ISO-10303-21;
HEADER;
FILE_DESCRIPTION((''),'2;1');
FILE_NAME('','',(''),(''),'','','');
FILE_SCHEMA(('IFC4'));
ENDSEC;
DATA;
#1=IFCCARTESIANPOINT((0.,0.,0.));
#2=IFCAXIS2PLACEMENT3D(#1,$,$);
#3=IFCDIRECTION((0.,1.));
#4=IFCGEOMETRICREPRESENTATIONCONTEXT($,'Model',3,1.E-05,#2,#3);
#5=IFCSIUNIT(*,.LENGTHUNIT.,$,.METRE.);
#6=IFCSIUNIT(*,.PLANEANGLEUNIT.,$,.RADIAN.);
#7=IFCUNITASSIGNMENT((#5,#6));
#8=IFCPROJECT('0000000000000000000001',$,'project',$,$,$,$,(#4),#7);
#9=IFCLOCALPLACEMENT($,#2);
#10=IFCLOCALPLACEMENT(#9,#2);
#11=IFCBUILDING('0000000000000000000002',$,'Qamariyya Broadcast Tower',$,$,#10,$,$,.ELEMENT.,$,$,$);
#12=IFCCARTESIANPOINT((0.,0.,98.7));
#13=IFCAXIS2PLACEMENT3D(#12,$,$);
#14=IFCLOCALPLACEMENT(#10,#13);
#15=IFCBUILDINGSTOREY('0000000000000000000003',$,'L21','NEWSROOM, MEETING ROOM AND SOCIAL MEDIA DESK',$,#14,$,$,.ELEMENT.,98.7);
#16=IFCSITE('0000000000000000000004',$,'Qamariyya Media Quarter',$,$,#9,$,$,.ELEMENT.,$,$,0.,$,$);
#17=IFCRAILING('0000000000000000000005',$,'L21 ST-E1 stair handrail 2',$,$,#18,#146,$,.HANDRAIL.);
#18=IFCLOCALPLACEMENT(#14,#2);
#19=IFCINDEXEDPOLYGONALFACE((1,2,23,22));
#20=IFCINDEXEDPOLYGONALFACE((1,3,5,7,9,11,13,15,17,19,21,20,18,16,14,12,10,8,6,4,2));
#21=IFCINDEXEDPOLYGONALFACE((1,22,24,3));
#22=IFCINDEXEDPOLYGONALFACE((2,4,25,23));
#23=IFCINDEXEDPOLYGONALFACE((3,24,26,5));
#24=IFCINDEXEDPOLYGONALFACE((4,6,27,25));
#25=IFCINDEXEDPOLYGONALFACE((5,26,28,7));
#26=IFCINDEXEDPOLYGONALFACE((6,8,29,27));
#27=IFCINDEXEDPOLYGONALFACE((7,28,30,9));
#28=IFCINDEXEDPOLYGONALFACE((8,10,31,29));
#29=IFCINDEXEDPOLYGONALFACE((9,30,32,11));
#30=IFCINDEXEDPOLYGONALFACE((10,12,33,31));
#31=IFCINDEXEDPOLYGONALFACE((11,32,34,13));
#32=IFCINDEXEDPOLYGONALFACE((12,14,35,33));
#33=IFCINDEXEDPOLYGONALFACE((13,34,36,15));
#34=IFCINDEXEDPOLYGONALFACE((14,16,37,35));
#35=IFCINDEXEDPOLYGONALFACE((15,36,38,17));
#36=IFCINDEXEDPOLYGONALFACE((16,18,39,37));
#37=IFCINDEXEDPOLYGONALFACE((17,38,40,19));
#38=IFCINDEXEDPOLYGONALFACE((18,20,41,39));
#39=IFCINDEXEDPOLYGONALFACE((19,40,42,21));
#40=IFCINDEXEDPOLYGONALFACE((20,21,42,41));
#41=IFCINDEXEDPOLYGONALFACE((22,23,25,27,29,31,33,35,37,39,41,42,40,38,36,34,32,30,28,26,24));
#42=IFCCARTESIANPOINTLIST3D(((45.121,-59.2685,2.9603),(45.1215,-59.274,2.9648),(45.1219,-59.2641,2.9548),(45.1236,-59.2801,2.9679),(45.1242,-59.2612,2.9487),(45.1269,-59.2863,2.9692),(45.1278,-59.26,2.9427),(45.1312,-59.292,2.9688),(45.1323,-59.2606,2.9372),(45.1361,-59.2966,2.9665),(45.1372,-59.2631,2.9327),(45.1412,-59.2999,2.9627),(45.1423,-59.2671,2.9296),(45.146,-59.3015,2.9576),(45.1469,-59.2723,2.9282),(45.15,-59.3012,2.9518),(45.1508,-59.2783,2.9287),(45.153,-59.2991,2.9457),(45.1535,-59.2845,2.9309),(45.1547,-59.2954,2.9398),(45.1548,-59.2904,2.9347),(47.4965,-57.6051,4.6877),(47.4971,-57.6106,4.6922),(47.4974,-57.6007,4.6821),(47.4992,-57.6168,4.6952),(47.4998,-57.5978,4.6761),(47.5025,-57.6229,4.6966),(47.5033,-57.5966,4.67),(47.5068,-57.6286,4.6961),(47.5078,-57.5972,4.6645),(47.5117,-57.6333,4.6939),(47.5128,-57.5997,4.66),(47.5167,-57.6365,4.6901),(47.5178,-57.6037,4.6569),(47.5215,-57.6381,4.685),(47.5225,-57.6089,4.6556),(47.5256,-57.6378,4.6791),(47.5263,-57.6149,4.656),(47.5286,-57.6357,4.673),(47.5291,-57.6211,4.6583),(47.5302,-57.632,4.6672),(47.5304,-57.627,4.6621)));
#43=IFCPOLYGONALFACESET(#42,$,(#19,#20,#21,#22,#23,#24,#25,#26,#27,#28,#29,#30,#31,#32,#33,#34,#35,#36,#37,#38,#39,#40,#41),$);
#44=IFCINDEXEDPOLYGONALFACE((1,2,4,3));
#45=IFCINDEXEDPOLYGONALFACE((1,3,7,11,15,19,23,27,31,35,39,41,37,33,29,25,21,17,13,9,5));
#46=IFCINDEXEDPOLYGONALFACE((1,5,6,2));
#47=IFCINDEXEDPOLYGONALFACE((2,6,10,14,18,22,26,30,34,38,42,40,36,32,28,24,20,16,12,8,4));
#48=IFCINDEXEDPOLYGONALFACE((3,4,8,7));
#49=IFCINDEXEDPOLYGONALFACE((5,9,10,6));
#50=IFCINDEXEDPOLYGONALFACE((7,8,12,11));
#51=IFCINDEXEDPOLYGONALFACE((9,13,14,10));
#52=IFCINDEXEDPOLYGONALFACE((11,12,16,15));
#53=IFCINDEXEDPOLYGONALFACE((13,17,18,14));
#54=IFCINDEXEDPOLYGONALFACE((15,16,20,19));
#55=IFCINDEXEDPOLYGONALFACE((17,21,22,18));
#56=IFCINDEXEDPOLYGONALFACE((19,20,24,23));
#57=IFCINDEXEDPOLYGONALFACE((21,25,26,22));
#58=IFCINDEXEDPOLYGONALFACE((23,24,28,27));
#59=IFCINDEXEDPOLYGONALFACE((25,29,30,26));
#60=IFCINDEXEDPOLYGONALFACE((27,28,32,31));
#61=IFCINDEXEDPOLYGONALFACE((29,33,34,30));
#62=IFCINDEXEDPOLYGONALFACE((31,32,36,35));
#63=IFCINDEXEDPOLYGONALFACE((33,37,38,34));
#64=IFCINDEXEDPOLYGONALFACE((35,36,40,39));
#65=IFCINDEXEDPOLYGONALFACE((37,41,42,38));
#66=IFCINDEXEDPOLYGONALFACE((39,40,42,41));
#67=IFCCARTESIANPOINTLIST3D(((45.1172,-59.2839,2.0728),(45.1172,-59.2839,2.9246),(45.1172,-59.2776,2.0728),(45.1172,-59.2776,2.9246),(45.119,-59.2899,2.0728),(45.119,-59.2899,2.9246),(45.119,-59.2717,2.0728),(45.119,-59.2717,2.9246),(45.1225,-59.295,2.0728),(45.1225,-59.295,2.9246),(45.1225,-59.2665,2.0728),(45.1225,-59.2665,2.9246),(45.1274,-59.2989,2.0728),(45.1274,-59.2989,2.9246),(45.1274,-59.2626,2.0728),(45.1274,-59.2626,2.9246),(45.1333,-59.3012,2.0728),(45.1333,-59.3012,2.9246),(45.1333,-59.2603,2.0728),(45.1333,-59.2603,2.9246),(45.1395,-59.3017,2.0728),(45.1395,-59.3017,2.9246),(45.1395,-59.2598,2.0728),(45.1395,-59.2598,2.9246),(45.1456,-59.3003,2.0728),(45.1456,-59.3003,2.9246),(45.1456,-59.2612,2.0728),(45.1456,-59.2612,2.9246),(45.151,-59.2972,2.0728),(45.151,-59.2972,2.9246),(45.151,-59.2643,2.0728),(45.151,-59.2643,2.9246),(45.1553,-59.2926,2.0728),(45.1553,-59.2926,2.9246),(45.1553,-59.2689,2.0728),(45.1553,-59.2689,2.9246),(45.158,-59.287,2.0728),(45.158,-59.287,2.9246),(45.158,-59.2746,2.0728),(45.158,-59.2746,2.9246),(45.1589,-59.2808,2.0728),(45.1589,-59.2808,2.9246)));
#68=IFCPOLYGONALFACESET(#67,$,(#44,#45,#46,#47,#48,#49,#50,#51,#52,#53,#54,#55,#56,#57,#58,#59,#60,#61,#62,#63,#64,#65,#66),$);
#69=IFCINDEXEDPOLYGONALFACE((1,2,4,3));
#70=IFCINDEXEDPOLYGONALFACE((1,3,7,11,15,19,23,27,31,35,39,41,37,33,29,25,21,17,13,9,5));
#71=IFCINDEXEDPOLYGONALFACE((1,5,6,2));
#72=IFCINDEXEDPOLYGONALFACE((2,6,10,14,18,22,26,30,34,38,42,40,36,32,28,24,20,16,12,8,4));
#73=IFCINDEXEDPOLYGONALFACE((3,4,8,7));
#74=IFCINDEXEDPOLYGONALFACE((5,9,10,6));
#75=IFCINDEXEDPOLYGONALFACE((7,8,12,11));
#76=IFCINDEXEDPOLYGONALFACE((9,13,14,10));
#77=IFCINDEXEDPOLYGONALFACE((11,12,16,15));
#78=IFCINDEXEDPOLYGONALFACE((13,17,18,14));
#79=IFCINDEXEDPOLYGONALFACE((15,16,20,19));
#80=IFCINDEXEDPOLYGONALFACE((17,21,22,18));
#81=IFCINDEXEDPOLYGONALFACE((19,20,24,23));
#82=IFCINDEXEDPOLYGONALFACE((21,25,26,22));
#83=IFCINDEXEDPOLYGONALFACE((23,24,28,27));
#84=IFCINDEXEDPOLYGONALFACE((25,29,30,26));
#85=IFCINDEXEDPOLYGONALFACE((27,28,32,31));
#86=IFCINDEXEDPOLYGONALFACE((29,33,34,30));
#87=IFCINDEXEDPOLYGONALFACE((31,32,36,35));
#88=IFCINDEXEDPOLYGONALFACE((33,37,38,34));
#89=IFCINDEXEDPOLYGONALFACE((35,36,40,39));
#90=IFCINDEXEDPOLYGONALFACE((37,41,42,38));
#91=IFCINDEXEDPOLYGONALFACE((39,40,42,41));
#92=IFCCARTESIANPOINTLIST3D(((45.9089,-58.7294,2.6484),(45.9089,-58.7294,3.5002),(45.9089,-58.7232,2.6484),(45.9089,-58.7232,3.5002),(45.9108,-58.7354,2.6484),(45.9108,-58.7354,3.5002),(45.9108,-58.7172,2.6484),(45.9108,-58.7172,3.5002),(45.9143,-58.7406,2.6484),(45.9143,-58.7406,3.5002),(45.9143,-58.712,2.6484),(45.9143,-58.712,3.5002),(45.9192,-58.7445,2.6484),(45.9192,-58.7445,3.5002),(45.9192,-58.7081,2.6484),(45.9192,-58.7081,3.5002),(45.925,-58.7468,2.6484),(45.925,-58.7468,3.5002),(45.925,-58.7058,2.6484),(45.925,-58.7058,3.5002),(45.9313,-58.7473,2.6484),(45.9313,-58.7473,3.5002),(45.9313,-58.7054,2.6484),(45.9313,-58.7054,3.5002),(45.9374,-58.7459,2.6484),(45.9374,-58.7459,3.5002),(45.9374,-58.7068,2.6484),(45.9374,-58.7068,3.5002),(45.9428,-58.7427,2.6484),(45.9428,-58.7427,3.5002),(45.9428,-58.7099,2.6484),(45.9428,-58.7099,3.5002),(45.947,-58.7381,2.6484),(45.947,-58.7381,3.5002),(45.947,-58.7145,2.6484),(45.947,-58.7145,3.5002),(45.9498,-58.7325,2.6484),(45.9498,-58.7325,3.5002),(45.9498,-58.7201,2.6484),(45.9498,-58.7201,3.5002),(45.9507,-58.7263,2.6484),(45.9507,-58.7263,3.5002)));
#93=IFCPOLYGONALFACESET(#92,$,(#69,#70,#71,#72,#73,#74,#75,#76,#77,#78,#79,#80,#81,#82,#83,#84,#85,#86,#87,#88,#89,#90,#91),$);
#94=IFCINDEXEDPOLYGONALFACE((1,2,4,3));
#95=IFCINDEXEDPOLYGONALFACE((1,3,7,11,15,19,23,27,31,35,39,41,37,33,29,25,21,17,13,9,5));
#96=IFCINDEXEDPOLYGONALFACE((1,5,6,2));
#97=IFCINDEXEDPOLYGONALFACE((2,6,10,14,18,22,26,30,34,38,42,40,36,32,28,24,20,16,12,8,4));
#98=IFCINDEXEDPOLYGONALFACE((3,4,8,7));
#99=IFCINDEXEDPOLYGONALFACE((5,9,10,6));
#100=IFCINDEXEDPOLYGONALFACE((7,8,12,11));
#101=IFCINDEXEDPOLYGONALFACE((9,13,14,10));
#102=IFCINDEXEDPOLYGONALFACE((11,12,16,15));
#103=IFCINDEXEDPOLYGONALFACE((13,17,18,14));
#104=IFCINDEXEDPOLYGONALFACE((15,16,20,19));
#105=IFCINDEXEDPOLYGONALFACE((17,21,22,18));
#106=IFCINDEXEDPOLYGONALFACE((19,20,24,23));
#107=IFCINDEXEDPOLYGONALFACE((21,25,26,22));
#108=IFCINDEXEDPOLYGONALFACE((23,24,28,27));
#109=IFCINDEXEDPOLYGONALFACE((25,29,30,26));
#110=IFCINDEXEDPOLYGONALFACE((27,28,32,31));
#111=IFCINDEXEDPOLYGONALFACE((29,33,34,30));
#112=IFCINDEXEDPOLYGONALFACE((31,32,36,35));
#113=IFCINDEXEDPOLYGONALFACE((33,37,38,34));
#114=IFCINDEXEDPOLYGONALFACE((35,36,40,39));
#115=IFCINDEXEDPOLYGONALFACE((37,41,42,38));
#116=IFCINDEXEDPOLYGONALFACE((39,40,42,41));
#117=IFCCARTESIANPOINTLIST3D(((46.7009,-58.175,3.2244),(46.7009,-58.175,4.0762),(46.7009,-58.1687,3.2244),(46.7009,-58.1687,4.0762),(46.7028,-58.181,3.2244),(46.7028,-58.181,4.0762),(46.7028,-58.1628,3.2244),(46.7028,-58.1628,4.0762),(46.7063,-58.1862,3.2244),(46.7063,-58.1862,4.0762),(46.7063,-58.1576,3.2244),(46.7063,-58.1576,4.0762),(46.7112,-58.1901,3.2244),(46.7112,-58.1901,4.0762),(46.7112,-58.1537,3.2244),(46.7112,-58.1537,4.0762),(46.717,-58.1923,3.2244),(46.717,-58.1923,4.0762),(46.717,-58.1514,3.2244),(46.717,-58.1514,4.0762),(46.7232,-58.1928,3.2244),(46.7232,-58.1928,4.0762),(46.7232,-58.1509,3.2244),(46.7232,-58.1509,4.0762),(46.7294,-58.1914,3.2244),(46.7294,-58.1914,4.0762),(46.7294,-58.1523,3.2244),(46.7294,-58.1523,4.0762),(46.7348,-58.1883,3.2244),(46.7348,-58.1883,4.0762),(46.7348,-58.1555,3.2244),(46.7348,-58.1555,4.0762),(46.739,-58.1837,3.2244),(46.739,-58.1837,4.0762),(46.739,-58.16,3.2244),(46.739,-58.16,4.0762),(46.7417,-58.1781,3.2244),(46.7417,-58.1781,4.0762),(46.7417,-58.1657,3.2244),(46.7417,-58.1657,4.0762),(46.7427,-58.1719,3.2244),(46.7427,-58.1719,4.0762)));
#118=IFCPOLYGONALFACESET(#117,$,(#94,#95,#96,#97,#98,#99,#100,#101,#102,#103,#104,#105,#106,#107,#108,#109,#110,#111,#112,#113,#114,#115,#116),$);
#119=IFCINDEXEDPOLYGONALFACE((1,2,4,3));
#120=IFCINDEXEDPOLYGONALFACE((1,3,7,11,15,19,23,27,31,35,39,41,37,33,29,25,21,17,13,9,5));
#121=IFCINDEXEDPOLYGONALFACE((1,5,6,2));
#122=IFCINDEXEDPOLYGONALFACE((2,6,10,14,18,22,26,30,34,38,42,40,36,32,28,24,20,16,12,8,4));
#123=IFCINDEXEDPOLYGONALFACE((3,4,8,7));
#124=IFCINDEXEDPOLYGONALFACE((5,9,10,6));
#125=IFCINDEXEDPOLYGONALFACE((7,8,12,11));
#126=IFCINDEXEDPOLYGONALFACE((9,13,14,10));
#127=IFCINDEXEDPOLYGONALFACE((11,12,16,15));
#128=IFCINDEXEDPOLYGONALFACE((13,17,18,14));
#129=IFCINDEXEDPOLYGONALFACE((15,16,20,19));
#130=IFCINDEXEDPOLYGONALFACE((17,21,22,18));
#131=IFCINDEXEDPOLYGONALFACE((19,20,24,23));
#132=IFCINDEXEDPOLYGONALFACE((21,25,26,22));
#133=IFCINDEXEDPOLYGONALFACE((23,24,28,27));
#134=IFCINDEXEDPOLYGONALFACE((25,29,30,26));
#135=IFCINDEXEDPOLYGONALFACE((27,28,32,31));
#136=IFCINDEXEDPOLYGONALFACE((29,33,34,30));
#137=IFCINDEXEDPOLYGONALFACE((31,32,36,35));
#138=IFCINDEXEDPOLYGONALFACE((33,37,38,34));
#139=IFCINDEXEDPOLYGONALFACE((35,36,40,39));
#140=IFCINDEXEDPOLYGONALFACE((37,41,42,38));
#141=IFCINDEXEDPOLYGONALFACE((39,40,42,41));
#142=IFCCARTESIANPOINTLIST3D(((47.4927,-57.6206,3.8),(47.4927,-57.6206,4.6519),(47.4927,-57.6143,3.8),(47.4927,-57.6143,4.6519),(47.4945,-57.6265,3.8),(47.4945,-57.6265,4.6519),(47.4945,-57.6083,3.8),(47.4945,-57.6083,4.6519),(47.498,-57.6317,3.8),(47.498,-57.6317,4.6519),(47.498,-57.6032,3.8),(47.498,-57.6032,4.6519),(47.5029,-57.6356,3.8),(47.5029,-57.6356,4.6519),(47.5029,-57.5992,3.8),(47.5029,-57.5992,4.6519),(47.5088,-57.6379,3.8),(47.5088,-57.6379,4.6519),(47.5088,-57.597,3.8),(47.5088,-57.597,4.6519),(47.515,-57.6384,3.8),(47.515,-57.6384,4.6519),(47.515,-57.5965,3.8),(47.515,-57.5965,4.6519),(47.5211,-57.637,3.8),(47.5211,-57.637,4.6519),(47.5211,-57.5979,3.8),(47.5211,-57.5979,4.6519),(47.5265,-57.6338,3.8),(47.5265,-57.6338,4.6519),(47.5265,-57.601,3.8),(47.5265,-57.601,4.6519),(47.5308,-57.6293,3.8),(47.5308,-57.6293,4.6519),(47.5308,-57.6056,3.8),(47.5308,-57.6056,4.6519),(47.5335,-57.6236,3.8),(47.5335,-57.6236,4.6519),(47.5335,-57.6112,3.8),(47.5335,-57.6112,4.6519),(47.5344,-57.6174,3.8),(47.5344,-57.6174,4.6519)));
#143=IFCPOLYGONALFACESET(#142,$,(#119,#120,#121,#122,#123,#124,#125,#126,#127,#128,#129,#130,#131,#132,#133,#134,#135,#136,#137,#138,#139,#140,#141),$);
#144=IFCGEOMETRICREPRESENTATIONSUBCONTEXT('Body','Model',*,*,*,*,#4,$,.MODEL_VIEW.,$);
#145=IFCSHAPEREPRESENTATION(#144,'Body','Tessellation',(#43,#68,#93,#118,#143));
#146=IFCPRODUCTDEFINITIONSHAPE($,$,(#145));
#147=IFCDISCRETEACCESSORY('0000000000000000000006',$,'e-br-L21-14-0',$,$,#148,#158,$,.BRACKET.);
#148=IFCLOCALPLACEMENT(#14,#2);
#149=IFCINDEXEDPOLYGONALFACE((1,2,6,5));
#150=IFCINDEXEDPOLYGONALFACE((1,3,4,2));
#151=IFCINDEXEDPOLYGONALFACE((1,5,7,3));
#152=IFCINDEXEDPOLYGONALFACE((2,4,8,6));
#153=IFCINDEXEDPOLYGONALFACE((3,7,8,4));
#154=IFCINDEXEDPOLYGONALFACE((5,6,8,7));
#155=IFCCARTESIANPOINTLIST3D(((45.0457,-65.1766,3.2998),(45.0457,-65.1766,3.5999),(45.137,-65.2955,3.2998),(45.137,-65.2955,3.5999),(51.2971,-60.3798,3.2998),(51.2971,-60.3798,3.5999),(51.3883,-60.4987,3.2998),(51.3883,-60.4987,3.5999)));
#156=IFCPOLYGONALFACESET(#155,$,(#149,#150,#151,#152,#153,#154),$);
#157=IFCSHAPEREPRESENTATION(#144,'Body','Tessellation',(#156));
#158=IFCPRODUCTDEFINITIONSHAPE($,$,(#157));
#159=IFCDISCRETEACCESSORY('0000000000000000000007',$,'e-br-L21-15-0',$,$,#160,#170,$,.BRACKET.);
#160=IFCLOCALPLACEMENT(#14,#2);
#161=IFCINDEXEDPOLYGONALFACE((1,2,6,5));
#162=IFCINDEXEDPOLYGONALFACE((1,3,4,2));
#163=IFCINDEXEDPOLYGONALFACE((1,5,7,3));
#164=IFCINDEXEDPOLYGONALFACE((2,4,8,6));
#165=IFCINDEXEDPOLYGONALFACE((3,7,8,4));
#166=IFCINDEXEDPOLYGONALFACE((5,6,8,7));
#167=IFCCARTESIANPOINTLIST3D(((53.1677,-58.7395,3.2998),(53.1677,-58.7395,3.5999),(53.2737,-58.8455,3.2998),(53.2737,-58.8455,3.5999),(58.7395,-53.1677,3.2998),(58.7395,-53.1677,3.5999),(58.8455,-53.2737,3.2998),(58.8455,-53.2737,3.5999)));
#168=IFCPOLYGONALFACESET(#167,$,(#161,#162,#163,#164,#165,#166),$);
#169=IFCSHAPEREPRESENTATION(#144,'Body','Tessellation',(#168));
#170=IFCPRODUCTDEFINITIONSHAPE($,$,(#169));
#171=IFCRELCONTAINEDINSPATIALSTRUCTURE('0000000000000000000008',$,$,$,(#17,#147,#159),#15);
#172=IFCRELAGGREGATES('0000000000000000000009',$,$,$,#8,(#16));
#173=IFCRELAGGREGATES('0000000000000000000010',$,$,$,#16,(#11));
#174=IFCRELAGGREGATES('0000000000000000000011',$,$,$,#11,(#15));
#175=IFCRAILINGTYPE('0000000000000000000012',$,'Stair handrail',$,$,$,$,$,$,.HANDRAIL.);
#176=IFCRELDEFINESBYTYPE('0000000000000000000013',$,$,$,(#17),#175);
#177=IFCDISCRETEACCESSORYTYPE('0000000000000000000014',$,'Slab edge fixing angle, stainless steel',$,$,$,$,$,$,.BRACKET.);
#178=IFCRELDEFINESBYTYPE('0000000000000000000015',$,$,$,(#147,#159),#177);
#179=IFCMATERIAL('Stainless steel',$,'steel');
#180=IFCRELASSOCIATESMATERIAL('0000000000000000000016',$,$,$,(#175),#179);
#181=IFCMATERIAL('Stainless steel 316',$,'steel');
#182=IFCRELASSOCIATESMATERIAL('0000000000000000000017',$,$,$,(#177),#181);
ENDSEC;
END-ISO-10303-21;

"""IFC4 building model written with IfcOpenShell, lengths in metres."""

from ifc_helpers import new_model, si_unit, direction, frame, origin, origin_2d, place, context, subcontext, project, spatial, rectangle, circle, extrude, material, type_object, element, save


model = new_model("IFC4")

# Units and contexts
model_context = context("Model", 3, precision=1e-05, world=origin(), true_north=direction((0.0, 1.0)))
body_context = subcontext(model_context, "Body", "Model", "MODEL_VIEW")
ifc_project = project(units=[si_unit("LENGTHUNIT", "METRE"), si_unit("PLANEANGLEUNIT", "RADIAN")], contexts=[model_context])

# Site, building, storey
site_placement = place(None, origin())
site = spatial("IfcSite", under=ifc_project, at=site_placement, Name="Qamariyya Media Quarter", CompositionType="ELEMENT", RefElevation=0.0)
building_placement = place(site_placement, origin())
building = spatial("IfcBuilding", under=site, at=building_placement, Name="Qamariyya Broadcast Tower", CompositionType="ELEMENT")
storey_placement = place(building_placement, frame((0.0, 0.0, 98.7)))
storey = spatial("IfcBuildingStorey", under=building, at=storey_placement, Name="L21", Description="NEWSROOM, MEETING ROOM AND SOCIAL MEDIA DESK", CompositionType="ELEMENT", Elevation=98.7)

# Railing
ifc_material_1 = material(Name="Stainless steel", Category="steel")
railing_type_1 = type_object("IfcRailingType", Name="Stair handrail", PredefinedType="HANDRAIL", material=ifc_material_1)
railing_1_placement = place(storey_placement, frame((45.1379, -59.2808, 2.0728)))
element("IfcRailing", 1, at=railing_1_placement, inside=storey, type_object=railing_type_1, Name="L21 ST-E1 stair handrail 2", PredefinedType="HANDRAIL", context=body_context, shape_type="SweptSolid", body=[
    extrude(circle(Radius=0.0239, at=origin_2d()), frame((0.0, 0.0, 0.876), z_axis=(0.70377, 0.492784, 0.511734), x_axis=(-0.573575, 0.819153, 0.0)), (0.0, 0.0, 1.0), 3.3755),
    extrude(circle(Radius=0.021, at=origin_2d()), origin(), (0.0, 0.0, 1.0), 0.8518),
    extrude(circle(Radius=0.021, at=origin_2d()), frame((0.7917, 0.5544, 0.5757)), (0.0, 0.0, 1.0), 0.8518),
    extrude(circle(Radius=0.021, at=origin_2d()), frame((1.5837, 1.1089, 1.1516)), (0.0, 0.0, 1.0), 0.8518),
    extrude(circle(Radius=0.021, at=origin_2d()), frame((2.3755, 1.6633, 1.7273)), (0.0, 0.0, 1.0), 0.8518),
])

# Discrete accessories
ifc_material_2 = material(Name="Stainless steel 316", Category="steel")
discrete_accessory_type = type_object("IfcDiscreteAccessoryType", Name="Slab edge fixing angle, stainless steel", PredefinedType="BRACKET", material=ifc_material_2)
for number, where, z_axis, x_axis, name in (
    (2, (48.217, -62.8376, 3.2998), (0.0, 0.0, 1.0), (0.793353, 0.608761, 0.0), "e-br-L21-14-0"),
    (3, (56.0066, -56.0066, 3.2998), (0.0, 0.0, 1.0), (0.707107, 0.707107, 0.0), "e-br-L21-15-0"),
):
    element("IfcDiscreteAccessory", number, at=place(storey_placement, frame(where, z_axis=z_axis, x_axis=x_axis)), inside=storey, type_object=discrete_accessory_type, Name=name, PredefinedType="BRACKET", context=body_context, shape_type="SweptSolid", body=[
        extrude(rectangle(XDim=7.8796, YDim=0.1499, at=origin_2d()), origin(), (0.0, 0.0, 1.0), 0.3),
    ])

save(model, "model.ifc")
